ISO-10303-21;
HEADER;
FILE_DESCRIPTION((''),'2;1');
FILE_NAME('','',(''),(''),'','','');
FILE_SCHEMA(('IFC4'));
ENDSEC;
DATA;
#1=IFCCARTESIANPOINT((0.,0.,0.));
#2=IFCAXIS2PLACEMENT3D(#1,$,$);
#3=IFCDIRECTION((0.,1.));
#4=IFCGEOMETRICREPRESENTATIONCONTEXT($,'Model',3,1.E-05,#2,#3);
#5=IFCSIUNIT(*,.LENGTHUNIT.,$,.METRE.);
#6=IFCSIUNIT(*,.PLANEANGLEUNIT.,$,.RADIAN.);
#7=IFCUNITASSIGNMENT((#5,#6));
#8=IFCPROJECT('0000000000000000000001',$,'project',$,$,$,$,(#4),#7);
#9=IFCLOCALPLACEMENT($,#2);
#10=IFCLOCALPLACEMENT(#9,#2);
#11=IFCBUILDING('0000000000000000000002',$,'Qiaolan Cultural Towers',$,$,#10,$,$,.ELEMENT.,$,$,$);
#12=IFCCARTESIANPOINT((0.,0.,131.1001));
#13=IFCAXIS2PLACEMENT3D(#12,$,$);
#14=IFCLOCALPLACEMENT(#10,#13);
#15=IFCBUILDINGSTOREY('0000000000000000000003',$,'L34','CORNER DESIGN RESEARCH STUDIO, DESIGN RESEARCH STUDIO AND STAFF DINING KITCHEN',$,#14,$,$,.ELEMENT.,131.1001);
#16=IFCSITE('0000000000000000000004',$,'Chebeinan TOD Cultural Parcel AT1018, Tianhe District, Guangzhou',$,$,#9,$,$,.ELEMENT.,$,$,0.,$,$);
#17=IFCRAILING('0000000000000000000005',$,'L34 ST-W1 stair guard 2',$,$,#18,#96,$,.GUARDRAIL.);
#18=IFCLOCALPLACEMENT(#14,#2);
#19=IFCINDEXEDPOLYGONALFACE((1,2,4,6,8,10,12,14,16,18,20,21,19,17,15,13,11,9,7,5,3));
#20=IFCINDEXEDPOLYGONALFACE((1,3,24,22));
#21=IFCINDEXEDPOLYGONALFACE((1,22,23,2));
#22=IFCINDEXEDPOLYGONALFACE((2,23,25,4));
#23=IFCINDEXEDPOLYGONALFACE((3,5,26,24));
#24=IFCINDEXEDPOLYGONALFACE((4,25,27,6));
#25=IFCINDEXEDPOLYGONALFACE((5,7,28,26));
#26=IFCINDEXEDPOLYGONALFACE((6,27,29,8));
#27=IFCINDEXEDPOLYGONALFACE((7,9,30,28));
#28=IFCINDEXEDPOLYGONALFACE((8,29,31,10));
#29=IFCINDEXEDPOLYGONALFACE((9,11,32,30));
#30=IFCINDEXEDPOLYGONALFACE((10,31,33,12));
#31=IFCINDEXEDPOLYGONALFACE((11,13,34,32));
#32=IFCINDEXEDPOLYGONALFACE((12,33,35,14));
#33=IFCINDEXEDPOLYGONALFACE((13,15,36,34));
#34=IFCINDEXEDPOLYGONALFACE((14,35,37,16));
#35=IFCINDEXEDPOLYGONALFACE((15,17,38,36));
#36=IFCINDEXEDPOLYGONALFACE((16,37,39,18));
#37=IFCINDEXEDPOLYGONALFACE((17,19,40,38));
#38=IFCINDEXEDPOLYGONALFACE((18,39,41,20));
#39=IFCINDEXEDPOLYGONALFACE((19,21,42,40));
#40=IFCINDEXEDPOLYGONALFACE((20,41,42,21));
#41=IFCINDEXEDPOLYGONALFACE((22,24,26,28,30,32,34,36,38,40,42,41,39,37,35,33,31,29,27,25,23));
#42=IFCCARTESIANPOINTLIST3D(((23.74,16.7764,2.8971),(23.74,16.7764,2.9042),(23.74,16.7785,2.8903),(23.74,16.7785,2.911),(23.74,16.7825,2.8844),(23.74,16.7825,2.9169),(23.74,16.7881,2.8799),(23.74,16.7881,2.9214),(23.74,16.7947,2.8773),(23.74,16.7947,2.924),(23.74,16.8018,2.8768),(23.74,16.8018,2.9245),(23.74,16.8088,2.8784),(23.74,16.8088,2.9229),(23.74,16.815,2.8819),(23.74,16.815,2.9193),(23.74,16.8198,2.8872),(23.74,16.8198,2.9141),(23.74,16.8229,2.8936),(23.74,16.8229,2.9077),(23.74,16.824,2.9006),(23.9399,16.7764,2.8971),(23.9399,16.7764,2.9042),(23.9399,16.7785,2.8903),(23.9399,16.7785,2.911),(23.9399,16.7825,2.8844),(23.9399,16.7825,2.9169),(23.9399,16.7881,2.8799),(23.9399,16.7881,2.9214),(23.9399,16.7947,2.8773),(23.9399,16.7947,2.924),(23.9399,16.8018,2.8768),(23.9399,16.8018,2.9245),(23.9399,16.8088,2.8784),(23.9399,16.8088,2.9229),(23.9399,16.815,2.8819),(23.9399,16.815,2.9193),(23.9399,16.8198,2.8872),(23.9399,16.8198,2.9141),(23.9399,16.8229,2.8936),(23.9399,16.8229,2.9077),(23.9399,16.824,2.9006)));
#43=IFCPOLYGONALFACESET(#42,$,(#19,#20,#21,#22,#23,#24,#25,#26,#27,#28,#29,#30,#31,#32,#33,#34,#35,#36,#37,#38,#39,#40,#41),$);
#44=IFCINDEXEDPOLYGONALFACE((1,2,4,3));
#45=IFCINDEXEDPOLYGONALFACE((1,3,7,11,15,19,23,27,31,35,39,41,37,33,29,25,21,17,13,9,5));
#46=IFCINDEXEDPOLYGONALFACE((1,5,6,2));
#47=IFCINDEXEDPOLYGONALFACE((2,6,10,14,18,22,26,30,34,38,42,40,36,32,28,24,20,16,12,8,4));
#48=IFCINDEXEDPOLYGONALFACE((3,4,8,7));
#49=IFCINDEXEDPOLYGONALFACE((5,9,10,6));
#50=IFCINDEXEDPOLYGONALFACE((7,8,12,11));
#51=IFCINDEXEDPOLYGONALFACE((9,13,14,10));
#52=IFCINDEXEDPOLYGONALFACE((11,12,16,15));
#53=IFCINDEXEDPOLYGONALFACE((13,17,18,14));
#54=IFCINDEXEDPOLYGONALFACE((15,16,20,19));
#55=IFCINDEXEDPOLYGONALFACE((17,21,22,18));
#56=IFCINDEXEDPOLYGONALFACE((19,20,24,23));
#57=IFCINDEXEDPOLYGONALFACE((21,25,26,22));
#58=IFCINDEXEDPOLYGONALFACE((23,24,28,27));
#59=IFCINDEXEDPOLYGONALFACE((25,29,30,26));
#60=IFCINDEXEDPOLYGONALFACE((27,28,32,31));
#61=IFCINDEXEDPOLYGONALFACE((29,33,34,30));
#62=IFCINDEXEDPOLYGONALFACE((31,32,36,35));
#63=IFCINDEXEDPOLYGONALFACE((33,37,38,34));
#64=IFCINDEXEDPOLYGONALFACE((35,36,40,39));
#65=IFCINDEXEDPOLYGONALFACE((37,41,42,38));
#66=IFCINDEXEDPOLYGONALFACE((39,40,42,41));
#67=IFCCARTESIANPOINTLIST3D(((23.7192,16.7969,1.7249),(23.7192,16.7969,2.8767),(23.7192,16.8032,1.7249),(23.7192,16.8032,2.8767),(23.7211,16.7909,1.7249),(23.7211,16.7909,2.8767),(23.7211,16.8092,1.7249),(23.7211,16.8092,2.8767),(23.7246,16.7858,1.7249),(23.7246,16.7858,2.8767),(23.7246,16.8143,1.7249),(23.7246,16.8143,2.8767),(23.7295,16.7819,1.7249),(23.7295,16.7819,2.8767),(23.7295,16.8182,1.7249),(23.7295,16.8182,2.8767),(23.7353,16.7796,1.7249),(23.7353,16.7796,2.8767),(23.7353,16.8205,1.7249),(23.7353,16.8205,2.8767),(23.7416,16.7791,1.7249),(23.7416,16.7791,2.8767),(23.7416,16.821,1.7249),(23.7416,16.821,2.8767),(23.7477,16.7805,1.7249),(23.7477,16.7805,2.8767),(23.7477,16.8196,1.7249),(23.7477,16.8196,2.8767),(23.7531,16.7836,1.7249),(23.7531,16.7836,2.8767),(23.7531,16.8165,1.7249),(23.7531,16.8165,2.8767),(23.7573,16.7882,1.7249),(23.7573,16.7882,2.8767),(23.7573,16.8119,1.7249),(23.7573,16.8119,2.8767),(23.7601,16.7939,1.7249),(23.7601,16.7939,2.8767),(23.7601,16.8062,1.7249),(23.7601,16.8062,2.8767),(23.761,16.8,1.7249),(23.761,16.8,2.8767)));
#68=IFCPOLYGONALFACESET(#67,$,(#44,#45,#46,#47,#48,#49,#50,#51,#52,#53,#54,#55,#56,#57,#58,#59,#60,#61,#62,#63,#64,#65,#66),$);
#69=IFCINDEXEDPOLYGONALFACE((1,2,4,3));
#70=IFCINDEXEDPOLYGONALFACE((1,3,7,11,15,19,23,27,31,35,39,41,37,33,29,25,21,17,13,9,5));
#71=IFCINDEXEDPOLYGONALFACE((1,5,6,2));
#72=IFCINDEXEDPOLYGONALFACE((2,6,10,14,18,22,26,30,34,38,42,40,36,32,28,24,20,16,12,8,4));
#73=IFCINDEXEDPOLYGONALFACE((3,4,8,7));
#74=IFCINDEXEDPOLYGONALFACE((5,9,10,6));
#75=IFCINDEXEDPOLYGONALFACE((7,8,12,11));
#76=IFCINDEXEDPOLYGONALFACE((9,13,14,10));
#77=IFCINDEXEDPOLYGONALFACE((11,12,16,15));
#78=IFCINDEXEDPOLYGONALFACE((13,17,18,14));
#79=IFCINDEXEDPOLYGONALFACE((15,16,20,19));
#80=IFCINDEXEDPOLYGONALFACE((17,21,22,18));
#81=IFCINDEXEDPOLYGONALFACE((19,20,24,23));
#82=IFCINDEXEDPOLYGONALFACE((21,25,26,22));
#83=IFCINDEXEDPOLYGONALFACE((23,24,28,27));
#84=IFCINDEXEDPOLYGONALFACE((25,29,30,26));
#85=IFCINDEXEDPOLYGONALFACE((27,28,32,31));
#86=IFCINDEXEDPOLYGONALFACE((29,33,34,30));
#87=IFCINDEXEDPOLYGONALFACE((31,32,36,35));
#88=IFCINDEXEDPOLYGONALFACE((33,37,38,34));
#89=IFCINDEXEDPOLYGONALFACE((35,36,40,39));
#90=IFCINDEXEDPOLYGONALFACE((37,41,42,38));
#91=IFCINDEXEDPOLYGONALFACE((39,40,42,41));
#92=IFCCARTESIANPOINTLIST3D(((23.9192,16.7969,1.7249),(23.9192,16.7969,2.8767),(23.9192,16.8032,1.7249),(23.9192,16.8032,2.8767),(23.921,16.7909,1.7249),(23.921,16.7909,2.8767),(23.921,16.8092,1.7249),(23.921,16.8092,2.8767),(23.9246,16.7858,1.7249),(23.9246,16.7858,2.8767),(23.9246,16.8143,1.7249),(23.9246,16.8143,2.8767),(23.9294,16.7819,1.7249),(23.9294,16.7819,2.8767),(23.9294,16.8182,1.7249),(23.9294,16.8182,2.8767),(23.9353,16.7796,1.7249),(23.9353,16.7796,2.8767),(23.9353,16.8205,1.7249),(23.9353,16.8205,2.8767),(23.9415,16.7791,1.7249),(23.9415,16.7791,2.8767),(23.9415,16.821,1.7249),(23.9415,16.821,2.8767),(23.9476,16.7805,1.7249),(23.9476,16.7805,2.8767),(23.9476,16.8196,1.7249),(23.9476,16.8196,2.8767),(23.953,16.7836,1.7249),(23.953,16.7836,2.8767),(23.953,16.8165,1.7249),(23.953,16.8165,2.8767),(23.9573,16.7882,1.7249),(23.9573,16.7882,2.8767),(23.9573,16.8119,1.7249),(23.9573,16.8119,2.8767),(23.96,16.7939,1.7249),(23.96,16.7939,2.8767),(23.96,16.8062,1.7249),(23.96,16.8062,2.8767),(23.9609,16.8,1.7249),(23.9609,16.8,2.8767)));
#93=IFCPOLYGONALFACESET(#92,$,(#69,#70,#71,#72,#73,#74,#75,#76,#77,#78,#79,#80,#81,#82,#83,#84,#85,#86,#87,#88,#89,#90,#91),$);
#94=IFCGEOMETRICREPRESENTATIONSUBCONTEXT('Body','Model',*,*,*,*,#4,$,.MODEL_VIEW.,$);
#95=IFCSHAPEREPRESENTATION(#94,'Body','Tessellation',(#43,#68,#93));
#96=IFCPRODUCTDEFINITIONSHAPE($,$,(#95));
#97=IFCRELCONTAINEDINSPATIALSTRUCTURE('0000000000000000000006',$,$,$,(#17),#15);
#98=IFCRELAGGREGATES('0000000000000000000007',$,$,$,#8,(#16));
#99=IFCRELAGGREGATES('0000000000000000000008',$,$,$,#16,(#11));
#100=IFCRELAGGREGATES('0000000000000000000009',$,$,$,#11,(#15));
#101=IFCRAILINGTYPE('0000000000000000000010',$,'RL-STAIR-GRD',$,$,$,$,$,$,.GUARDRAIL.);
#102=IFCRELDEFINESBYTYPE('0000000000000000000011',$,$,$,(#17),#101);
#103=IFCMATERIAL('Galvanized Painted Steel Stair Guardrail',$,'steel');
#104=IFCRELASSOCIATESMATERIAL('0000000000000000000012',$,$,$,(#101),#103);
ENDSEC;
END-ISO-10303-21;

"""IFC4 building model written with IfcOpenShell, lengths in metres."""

from ifc_helpers import new_model, si_unit, direction, frame, origin, origin_2d, place, context, subcontext, project, spatial, circle, extrude, material, type_object, element, save


model = new_model("IFC4")

# Units and contexts
model_context = context("Model", 3, precision=1e-05, world=origin(), true_north=direction((0.0, 1.0)))
body_context = subcontext(model_context, "Body", "Model", "MODEL_VIEW")
ifc_project = project(units=[si_unit("LENGTHUNIT", "METRE"), si_unit("PLANEANGLEUNIT", "RADIAN")], contexts=[model_context])

# Site, building, storey
site_placement = place(None, origin())
site = spatial("IfcSite", under=ifc_project, at=site_placement, Name="Chebeinan TOD Cultural Parcel AT1018, Tianhe District, Guangzhou", CompositionType="ELEMENT", RefElevation=0.0)
building_placement = place(site_placement, origin())
building = spatial("IfcBuilding", under=site, at=building_placement, Name="Qiaolan Cultural Towers", CompositionType="ELEMENT")
storey_placement = place(building_placement, frame((0.0, 0.0, 131.1001)))
storey = spatial("IfcBuildingStorey", under=building, at=storey_placement, Name="L34", Description="CORNER DESIGN RESEARCH STUDIO, DESIGN RESEARCH STUDIO AND STAFF DINING KITCHEN", CompositionType="ELEMENT", Elevation=131.1001)

# Railing
ifc_material_1 = material(Name="Galvanized Painted Steel Stair Guardrail", Category="steel")
railing_type_1 = type_object("IfcRailingType", Name="RL-STAIR-GRD", PredefinedType="GUARDRAIL", material=ifc_material_1)
railing_1_placement = place(storey_placement, frame((23.74, 16.8, 1.7249)))
element("IfcRailing", 1, at=railing_1_placement, inside=storey, type_object=railing_type_1, Name="L34 ST-W1 stair guard 2", PredefinedType="GUARDRAIL", context=body_context, shape_type="SweptSolid", body=[
    extrude(circle(Radius=0.0239, at=origin_2d()), frame((0.0, 0.0, 1.1758), z_axis=(1.0, 0.0, 0.0), x_axis=(0.0, 1.0, 0.0)), (0.0, 0.0, 1.0), 0.2),
    extrude(circle(Radius=0.021, at=origin_2d()), origin(), (0.0, 0.0, 1.0), 1.1519),
    extrude(circle(Radius=0.021, at=origin_2d()), frame((0.2, 0.0, 0.0)), (0.0, 0.0, 1.0), 1.1519),
])

save(model, "model.ifc")
